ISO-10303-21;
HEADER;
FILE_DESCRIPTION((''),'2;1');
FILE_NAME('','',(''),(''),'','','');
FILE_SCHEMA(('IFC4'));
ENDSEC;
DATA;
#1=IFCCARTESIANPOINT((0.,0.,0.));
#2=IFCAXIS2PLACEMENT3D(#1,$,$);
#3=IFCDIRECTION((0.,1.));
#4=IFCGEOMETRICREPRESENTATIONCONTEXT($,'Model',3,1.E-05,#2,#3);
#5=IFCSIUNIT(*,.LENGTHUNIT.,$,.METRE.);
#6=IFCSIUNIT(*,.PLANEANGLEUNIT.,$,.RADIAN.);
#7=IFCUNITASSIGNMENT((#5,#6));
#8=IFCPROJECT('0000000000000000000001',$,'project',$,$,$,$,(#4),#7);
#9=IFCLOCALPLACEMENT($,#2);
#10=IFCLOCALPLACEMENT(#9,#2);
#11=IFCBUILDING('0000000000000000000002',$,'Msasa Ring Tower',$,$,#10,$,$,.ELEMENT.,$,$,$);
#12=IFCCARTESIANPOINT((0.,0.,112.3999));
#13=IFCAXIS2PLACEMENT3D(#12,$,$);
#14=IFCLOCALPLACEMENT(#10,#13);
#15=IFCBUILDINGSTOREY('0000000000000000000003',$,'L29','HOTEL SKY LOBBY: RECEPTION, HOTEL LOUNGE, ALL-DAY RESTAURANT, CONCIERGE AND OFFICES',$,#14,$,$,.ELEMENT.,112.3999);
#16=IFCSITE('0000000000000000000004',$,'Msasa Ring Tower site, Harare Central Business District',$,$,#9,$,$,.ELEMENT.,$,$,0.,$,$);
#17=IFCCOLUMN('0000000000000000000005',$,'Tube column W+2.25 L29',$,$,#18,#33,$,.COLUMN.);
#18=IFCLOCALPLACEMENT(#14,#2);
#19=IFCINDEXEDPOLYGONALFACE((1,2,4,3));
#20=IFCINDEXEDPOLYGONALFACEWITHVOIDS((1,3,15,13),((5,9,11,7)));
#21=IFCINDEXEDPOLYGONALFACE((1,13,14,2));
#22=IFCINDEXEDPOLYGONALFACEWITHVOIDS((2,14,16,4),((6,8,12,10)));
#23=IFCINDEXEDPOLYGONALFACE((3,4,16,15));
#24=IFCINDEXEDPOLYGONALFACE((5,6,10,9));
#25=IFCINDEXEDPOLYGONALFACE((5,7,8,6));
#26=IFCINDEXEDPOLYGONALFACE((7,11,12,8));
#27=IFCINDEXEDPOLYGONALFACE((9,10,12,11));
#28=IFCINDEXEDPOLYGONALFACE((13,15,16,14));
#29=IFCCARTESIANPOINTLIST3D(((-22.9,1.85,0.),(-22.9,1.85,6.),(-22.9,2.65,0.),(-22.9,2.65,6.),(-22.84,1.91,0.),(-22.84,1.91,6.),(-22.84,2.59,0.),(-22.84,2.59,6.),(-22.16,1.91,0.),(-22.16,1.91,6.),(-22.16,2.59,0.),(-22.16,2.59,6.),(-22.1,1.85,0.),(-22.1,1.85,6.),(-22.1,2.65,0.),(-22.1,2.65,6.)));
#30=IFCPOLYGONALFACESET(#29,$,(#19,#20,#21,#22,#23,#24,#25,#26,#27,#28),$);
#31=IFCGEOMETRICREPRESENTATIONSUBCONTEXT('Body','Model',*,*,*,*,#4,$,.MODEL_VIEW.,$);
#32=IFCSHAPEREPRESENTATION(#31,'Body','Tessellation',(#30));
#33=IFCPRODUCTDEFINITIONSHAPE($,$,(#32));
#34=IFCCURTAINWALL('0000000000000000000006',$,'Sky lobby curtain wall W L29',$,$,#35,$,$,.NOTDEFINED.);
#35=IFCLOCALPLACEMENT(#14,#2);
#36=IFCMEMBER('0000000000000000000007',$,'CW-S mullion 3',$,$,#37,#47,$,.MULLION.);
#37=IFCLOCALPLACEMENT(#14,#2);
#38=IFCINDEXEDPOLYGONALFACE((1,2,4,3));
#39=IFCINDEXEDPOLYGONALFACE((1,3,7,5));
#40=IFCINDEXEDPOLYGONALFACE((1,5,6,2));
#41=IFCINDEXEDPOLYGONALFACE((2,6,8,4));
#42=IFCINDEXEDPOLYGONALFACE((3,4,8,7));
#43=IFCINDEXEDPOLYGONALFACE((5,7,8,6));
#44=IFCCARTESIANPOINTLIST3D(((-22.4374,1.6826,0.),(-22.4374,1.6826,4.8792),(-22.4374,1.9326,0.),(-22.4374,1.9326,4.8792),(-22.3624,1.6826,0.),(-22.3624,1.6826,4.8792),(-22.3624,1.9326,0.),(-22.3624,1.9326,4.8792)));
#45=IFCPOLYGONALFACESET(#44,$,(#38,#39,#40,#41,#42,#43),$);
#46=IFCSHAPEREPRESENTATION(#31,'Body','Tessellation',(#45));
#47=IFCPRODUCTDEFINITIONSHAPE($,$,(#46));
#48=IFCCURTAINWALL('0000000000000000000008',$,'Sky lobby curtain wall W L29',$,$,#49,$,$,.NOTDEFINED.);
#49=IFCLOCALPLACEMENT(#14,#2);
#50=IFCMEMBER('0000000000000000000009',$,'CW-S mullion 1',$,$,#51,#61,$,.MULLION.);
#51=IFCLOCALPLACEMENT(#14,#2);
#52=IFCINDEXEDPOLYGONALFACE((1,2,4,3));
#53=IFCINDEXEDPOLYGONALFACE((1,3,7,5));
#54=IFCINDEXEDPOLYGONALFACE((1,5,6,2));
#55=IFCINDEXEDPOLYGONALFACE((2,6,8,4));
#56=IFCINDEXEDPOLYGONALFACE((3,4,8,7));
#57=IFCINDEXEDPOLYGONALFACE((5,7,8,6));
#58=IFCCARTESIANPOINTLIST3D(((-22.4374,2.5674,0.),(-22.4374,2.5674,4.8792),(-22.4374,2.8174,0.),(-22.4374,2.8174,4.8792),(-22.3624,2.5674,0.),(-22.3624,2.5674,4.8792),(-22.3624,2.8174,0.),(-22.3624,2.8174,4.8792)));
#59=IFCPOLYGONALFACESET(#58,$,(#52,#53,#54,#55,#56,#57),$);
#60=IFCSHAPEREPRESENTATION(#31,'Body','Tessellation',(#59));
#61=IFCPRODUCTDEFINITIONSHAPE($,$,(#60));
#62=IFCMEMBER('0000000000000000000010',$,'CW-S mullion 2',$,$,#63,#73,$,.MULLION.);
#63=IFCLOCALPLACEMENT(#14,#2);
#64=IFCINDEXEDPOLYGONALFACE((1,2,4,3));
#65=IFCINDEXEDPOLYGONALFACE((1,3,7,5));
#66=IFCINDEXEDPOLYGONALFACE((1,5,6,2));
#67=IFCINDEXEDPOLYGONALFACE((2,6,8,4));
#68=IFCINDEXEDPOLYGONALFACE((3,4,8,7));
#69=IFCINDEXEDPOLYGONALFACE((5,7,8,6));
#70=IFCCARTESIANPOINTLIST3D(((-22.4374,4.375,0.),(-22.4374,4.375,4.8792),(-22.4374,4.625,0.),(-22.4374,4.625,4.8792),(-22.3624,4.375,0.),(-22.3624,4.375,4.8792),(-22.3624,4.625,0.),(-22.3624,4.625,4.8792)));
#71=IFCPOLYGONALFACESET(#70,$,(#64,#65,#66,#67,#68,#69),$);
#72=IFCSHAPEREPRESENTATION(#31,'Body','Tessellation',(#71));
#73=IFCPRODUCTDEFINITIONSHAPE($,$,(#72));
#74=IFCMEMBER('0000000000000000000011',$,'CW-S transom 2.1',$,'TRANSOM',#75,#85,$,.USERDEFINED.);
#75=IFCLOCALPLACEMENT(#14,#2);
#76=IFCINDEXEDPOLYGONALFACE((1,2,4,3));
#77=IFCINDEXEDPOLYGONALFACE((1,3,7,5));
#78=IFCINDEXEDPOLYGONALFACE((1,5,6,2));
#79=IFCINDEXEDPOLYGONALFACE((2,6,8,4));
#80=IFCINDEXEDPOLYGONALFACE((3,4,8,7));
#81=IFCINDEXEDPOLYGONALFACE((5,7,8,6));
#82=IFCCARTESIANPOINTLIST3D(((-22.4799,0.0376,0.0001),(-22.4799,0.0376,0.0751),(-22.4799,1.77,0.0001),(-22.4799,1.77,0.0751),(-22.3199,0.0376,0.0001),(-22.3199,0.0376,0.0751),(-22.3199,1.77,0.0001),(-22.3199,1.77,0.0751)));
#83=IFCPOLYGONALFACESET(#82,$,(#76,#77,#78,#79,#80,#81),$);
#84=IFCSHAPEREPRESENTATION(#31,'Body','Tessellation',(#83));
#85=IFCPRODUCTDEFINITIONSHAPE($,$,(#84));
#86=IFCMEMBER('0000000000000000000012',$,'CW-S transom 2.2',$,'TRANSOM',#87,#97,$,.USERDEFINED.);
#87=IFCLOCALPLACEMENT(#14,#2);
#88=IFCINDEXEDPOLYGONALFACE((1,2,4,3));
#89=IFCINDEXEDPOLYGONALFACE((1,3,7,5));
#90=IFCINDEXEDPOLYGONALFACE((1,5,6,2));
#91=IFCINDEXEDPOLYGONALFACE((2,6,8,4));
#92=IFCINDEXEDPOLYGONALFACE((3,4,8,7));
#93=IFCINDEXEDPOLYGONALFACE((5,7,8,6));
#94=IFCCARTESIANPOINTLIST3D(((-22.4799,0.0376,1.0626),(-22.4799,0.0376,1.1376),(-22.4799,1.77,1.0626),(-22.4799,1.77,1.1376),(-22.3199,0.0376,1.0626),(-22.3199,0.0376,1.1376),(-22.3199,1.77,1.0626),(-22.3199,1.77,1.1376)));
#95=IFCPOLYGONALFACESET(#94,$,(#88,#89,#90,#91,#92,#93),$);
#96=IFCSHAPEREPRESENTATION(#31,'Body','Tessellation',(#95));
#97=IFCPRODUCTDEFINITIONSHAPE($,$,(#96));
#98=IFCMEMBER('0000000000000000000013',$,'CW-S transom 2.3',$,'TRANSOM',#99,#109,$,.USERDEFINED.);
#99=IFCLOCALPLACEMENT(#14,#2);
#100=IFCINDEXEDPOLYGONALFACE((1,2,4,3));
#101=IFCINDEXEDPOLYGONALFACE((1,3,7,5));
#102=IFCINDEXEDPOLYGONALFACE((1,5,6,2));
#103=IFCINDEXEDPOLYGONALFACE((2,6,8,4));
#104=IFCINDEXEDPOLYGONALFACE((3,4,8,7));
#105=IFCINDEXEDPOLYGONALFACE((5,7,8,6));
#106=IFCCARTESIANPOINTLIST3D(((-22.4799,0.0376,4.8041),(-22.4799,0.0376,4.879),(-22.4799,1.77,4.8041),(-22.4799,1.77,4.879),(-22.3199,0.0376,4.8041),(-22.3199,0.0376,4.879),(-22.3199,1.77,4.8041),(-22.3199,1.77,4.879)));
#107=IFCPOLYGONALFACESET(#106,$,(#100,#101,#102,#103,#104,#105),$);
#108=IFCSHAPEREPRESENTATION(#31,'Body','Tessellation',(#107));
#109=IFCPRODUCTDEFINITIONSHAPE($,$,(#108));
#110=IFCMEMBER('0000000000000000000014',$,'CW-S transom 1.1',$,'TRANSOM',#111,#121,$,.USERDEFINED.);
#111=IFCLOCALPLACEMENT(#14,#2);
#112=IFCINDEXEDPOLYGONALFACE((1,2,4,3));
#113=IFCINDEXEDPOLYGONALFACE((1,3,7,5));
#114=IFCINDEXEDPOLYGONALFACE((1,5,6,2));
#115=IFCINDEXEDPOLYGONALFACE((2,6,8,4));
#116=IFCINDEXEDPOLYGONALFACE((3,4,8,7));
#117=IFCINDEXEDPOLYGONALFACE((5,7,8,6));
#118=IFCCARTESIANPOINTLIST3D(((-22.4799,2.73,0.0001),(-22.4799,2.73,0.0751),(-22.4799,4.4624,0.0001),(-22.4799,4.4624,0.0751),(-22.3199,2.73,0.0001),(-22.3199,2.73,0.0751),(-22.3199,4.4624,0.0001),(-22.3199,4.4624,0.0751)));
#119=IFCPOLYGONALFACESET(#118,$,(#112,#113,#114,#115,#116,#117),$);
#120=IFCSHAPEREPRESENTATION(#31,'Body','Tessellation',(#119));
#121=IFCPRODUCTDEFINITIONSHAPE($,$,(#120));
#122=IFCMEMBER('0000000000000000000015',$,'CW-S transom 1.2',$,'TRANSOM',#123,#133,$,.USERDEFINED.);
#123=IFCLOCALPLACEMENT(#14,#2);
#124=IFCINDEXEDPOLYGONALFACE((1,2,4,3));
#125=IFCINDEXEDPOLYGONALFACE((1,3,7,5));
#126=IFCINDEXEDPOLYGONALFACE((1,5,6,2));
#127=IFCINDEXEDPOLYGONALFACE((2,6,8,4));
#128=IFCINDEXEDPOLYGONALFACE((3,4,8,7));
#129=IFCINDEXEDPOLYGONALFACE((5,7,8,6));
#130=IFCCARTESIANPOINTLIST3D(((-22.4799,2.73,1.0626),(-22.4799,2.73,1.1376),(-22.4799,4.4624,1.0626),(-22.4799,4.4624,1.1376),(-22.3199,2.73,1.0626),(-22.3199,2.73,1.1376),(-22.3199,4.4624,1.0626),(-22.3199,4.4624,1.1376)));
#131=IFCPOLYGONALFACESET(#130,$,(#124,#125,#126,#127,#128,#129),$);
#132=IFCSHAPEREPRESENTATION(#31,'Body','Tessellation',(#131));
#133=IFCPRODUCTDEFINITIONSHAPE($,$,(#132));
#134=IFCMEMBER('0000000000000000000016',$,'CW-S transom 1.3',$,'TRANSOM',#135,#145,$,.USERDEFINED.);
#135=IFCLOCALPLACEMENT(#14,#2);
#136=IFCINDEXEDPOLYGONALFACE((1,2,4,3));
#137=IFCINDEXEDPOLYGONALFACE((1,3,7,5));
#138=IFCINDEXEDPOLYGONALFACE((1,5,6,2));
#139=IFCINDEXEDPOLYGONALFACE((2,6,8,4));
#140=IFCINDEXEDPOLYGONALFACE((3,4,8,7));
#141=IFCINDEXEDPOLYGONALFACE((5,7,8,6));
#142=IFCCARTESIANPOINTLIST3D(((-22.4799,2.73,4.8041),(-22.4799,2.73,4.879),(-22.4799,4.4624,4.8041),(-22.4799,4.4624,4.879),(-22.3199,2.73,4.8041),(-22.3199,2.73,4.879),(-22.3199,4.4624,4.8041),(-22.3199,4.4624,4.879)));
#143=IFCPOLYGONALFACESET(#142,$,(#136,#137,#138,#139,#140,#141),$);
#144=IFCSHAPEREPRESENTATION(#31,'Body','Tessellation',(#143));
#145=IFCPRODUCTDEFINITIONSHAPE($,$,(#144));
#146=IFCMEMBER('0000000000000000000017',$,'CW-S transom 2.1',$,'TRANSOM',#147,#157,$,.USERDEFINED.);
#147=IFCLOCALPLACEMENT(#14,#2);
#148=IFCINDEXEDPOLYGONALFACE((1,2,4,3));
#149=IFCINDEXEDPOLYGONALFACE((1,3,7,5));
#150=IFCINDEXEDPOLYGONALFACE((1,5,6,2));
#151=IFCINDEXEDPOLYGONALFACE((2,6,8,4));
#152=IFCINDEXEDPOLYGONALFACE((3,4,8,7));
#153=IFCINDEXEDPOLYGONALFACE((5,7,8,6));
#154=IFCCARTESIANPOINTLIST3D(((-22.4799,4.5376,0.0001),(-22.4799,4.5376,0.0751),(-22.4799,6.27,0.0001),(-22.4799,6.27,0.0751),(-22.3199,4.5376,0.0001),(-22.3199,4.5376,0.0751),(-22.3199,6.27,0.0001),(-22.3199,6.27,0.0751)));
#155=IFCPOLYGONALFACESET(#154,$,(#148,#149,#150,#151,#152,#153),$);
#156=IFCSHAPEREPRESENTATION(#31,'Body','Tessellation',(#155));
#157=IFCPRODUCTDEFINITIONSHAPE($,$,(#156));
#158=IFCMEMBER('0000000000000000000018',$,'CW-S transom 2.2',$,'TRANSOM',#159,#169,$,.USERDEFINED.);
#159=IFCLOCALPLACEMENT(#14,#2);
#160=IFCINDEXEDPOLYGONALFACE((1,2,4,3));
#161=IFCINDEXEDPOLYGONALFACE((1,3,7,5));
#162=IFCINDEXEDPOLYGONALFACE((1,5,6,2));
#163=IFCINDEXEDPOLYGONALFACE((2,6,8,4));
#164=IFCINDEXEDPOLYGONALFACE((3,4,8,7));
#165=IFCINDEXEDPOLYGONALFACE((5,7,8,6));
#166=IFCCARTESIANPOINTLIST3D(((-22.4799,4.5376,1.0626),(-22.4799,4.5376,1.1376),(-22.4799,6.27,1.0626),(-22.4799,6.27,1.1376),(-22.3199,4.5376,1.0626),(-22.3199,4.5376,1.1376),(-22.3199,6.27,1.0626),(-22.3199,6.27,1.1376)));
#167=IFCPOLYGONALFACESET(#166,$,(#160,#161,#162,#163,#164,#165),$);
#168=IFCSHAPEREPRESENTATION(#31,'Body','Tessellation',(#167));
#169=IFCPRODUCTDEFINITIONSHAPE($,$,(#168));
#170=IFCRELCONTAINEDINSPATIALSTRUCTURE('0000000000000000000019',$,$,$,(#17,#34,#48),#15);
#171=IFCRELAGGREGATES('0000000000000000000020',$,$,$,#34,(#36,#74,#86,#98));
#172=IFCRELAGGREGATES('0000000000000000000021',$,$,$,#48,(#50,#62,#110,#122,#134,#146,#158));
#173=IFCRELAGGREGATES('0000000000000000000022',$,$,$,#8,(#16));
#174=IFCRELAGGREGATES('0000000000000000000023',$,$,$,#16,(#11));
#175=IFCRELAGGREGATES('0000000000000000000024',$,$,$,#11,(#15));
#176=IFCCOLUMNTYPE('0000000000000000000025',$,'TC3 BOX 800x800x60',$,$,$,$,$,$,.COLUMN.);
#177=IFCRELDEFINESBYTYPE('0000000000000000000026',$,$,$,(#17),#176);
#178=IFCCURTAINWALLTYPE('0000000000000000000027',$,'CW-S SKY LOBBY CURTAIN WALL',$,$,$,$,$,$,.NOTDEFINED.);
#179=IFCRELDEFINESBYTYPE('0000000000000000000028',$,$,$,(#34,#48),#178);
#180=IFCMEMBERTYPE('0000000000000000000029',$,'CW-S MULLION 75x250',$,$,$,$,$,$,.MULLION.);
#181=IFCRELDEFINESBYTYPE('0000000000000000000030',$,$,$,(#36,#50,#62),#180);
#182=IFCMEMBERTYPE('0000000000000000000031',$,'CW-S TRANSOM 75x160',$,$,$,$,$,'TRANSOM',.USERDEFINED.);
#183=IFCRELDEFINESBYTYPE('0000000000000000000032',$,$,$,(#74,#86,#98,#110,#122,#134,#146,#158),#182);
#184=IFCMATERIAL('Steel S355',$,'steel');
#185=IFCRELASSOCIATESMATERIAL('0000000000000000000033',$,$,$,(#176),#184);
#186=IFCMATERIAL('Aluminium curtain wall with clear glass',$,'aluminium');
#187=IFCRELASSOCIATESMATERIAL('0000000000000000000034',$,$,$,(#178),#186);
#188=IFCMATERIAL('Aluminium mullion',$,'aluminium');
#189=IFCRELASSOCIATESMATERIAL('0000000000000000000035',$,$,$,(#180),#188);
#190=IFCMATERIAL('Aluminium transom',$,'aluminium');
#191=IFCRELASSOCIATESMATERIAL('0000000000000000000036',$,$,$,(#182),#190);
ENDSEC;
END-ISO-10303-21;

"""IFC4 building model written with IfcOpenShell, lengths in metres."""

from ifc_helpers import new_model, si_unit, direction, frame, origin, origin_2d, place, context, subcontext, project, spatial, rectangle, hollow_rectangle, extrude, material, material_profile, profile_set, type_object, element, aggregate, save


model = new_model("IFC4")

# Units and contexts
model_context = context("Model", 3, precision=1e-05, world=origin(), true_north=direction((0.0, 1.0)))
body_context = subcontext(model_context, "Body", "Model", "MODEL_VIEW")
ifc_project = project(units=[si_unit("LENGTHUNIT", "METRE"), si_unit("PLANEANGLEUNIT", "RADIAN")], contexts=[model_context])

# Site, building, storey
site_placement = place(None, origin())
site = spatial("IfcSite", under=ifc_project, at=site_placement, Name="Msasa Ring Tower site, Harare Central Business District", CompositionType="ELEMENT", RefElevation=0.0)
building_placement = place(site_placement, origin())
building = spatial("IfcBuilding", under=site, at=building_placement, Name="Msasa Ring Tower", CompositionType="ELEMENT")
storey_placement = place(building_placement, frame((0.0, 0.0, 112.3999)))
storey = spatial("IfcBuildingStorey", under=building, at=storey_placement, Name="L29", Description="HOTEL SKY LOBBY: RECEPTION, HOTEL LOUNGE, ALL-DAY RESTAURANT, CONCIERGE AND OFFICES", CompositionType="ELEMENT", Elevation=112.3999)

# Column
ifc_material_1 = material(Name="Steel S355", Category="steel")
ifc_material_profile_1 = material_profile(ifc_material_1, hollow_rectangle(XDim=0.8, YDim=0.8, WallThickness=0.0601, at=origin_2d()), Name="BOX 800x800x60")
ifc_profile_set_1 = profile_set([ifc_material_profile_1], Name="Steel S355")
column_type = type_object("IfcColumnType", Name="TC3 BOX 800x800x60", PredefinedType="COLUMN", material=ifc_profile_set_1)
column_placement = place(storey_placement, frame((-22.5, 2.25, 0.0), z_axis=(0.0, 0.0, 1.0), x_axis=(1.0, 0.0, 0.0)))
element("IfcColumn", 1, at=column_placement, inside=storey, type_object=column_type, Name="Tube column W+2.25 L29", PredefinedType="COLUMN", context=body_context, shape_type="SweptSolid", body=[
    extrude(hollow_rectangle(XDim=0.8, YDim=0.8, WallThickness=0.0601, at=origin_2d()), origin(), (0.0, 0.0, 1.0), 6.0),
])

# Curtain wall, member
ifc_material_2 = material(Name="Aluminium curtain wall with clear glass", Category="aluminium")
curtain_wall_type = type_object("IfcCurtainWallType", Name="CW-S SKY LOBBY CURTAIN WALL", PredefinedType="NOTDEFINED", material=ifc_material_2)
curtain_wall_1_placement = place(storey_placement, origin())
curtain_wall_1 = element("IfcCurtainWall", 2, at=curtain_wall_1_placement, inside=storey, type_object=curtain_wall_type, Name="Sky lobby curtain wall W L29", PredefinedType="NOTDEFINED")
ifc_material_3 = material(Name="Aluminium mullion", Category="aluminium")
ifc_material_profile_2 = material_profile(ifc_material_3, rectangle(XDim=0.075, YDim=0.25, at=origin_2d()), Name="AL 75x250")
ifc_profile_set_2 = profile_set([ifc_material_profile_2], Name="Aluminium mullion")
member_type_1 = type_object("IfcMemberType", Name="CW-S MULLION 75x250", PredefinedType="MULLION", material=ifc_profile_set_2)
member_1_placement = place(storey_placement, frame((-22.3999, 1.8076, 0.0), z_axis=(0.0, 0.0, 1.0), x_axis=(-1.0, 0.0, 0.0)))
member_1 = element("IfcMember", 3, at=member_1_placement, type_object=member_type_1, Name="CW-S mullion 3", PredefinedType="MULLION", context=body_context, shape_type="SweptSolid", body=[
    extrude(rectangle(XDim=0.075, YDim=0.25, at=origin_2d()), origin(), (0.0, 0.0, 1.0), 4.8792),
])

# Curtain wall, members
curtain_wall_2_placement = place(storey_placement, origin())
curtain_wall_2 = element("IfcCurtainWall", 4, at=curtain_wall_2_placement, inside=storey, type_object=curtain_wall_type, Name="Sky lobby curtain wall W L29", PredefinedType="NOTDEFINED")
member_2_placement = place(storey_placement, frame((-22.3999, 2.6924, 0.0), z_axis=(0.0, 0.0, 1.0), x_axis=(-1.0, 0.0, 0.0)))
member_2 = element("IfcMember", 5, at=member_2_placement, type_object=member_type_1, Name="CW-S mullion 1", PredefinedType="MULLION", context=body_context, shape_type="SweptSolid", body=[
    extrude(rectangle(XDim=0.075, YDim=0.25, at=origin_2d()), origin(), (0.0, 0.0, 1.0), 4.8792),
])
member_3_placement = place(storey_placement, frame((-22.3999, 4.5, 0.0), z_axis=(0.0, 0.0, 1.0), x_axis=(-1.0, 0.0, 0.0)))
member_3 = element("IfcMember", 6, at=member_3_placement, type_object=member_type_1, Name="CW-S mullion 2", PredefinedType="MULLION", context=body_context, shape_type="SweptSolid", body=[
    extrude(rectangle(XDim=0.075, YDim=0.25, at=origin_2d()), origin(), (0.0, 0.0, 1.0), 4.8792),
])

# Members
ifc_material_4 = material(Name="Aluminium transom", Category="aluminium")
ifc_material_profile_3 = material_profile(ifc_material_4, rectangle(XDim=0.1599, YDim=0.075, at=origin_2d()), Name="AL 75x160")
ifc_profile_set_3 = profile_set([ifc_material_profile_3], Name="Aluminium transom")
member_type_2 = type_object("IfcMemberType", Name="CW-S TRANSOM 75x160", ElementType="TRANSOM", PredefinedType="USERDEFINED", material=ifc_profile_set_3)
member_4_placement = place(storey_placement, frame((-22.3999, 0.0376, 0.0376), z_axis=(0.0, 1.0, 0.0), x_axis=(-1.0, 0.0, 0.0)))
member_4 = element("IfcMember", 7, at=member_4_placement, type_object=member_type_2, Name="CW-S transom 2.1", ObjectType="TRANSOM", PredefinedType="USERDEFINED", context=body_context, shape_type="SweptSolid", body=[
    extrude(rectangle(XDim=0.1599, YDim=0.075, at=origin_2d()), origin(), (0.0, 0.0, 1.0), 1.7324),
])
member_5_placement = place(storey_placement, frame((-22.3999, 0.0376, 1.1001), z_axis=(0.0, 1.0, 0.0), x_axis=(-1.0, 0.0, 0.0)))
member_5 = element("IfcMember", 8, at=member_5_placement, type_object=member_type_2, Name="CW-S transom 2.2", ObjectType="TRANSOM", PredefinedType="USERDEFINED", context=body_context, shape_type="SweptSolid", body=[
    extrude(rectangle(XDim=0.1599, YDim=0.075, at=origin_2d()), origin(), (0.0, 0.0, 1.0), 1.7324),
])
member_6_placement = place(storey_placement, frame((-22.3999, 0.0376, 4.8416), z_axis=(0.0, 1.0, 0.0), x_axis=(-1.0, 0.0, 0.0)))
member_6 = element("IfcMember", 9, at=member_6_placement, type_object=member_type_2, Name="CW-S transom 2.3", ObjectType="TRANSOM", PredefinedType="USERDEFINED", context=body_context, shape_type="SweptSolid", body=[
    extrude(rectangle(XDim=0.1599, YDim=0.075, at=origin_2d()), origin(), (0.0, 0.0, 1.0), 1.7324),
])
member_7_placement = place(storey_placement, frame((-22.3999, 2.73, 0.0376), z_axis=(0.0, 1.0, 0.0), x_axis=(-1.0, 0.0, 0.0)))
member_7 = element("IfcMember", 10, at=member_7_placement, type_object=member_type_2, Name="CW-S transom 1.1", ObjectType="TRANSOM", PredefinedType="USERDEFINED", context=body_context, shape_type="SweptSolid", body=[
    extrude(rectangle(XDim=0.1599, YDim=0.075, at=origin_2d()), origin(), (0.0, 0.0, 1.0), 1.7324),
])
member_8_placement = place(storey_placement, frame((-22.3999, 2.73, 1.1001), z_axis=(0.0, 1.0, 0.0), x_axis=(-1.0, 0.0, 0.0)))
member_8 = element("IfcMember", 11, at=member_8_placement, type_object=member_type_2, Name="CW-S transom 1.2", ObjectType="TRANSOM", PredefinedType="USERDEFINED", context=body_context, shape_type="SweptSolid", body=[
    extrude(rectangle(XDim=0.1599, YDim=0.075, at=origin_2d()), origin(), (0.0, 0.0, 1.0), 1.7324),
])
member_9_placement = place(storey_placement, frame((-22.3999, 2.73, 4.8416), z_axis=(0.0, 1.0, 0.0), x_axis=(-1.0, 0.0, 0.0)))
member_9 = element("IfcMember", 12, at=member_9_placement, type_object=member_type_2, Name="CW-S transom 1.3", ObjectType="TRANSOM", PredefinedType="USERDEFINED", context=body_context, shape_type="SweptSolid", body=[
    extrude(rectangle(XDim=0.1599, YDim=0.075, at=origin_2d()), origin(), (0.0, 0.0, 1.0), 1.7324),
])
member_10_placement = place(storey_placement, frame((-22.3999, 4.5376, 0.0376), z_axis=(0.0, 1.0, 0.0), x_axis=(-1.0, 0.0, 0.0)))
member_10 = element("IfcMember", 13, at=member_10_placement, type_object=member_type_2, Name="CW-S transom 2.1", ObjectType="TRANSOM", PredefinedType="USERDEFINED", context=body_context, shape_type="SweptSolid", body=[
    extrude(rectangle(XDim=0.1599, YDim=0.075, at=origin_2d()), origin(), (0.0, 0.0, 1.0), 1.7324),
])
member_11_placement = place(storey_placement, frame((-22.3999, 4.5376, 1.1001), z_axis=(0.0, 1.0, 0.0), x_axis=(-1.0, 0.0, 0.0)))
member_11 = element("IfcMember", 14, at=member_11_placement, type_object=member_type_2, Name="CW-S transom 2.2", ObjectType="TRANSOM", PredefinedType="USERDEFINED", context=body_context, shape_type="SweptSolid", body=[
    extrude(rectangle(XDim=0.1599, YDim=0.075, at=origin_2d()), origin(), (0.0, 0.0, 1.0), 1.7324),
])

aggregate(curtain_wall_1, [member_1, member_4, member_5, member_6])
aggregate(curtain_wall_2, [member_2, member_3, member_7, member_8, member_9, member_10, member_11])

save(model, "model.ifc")
